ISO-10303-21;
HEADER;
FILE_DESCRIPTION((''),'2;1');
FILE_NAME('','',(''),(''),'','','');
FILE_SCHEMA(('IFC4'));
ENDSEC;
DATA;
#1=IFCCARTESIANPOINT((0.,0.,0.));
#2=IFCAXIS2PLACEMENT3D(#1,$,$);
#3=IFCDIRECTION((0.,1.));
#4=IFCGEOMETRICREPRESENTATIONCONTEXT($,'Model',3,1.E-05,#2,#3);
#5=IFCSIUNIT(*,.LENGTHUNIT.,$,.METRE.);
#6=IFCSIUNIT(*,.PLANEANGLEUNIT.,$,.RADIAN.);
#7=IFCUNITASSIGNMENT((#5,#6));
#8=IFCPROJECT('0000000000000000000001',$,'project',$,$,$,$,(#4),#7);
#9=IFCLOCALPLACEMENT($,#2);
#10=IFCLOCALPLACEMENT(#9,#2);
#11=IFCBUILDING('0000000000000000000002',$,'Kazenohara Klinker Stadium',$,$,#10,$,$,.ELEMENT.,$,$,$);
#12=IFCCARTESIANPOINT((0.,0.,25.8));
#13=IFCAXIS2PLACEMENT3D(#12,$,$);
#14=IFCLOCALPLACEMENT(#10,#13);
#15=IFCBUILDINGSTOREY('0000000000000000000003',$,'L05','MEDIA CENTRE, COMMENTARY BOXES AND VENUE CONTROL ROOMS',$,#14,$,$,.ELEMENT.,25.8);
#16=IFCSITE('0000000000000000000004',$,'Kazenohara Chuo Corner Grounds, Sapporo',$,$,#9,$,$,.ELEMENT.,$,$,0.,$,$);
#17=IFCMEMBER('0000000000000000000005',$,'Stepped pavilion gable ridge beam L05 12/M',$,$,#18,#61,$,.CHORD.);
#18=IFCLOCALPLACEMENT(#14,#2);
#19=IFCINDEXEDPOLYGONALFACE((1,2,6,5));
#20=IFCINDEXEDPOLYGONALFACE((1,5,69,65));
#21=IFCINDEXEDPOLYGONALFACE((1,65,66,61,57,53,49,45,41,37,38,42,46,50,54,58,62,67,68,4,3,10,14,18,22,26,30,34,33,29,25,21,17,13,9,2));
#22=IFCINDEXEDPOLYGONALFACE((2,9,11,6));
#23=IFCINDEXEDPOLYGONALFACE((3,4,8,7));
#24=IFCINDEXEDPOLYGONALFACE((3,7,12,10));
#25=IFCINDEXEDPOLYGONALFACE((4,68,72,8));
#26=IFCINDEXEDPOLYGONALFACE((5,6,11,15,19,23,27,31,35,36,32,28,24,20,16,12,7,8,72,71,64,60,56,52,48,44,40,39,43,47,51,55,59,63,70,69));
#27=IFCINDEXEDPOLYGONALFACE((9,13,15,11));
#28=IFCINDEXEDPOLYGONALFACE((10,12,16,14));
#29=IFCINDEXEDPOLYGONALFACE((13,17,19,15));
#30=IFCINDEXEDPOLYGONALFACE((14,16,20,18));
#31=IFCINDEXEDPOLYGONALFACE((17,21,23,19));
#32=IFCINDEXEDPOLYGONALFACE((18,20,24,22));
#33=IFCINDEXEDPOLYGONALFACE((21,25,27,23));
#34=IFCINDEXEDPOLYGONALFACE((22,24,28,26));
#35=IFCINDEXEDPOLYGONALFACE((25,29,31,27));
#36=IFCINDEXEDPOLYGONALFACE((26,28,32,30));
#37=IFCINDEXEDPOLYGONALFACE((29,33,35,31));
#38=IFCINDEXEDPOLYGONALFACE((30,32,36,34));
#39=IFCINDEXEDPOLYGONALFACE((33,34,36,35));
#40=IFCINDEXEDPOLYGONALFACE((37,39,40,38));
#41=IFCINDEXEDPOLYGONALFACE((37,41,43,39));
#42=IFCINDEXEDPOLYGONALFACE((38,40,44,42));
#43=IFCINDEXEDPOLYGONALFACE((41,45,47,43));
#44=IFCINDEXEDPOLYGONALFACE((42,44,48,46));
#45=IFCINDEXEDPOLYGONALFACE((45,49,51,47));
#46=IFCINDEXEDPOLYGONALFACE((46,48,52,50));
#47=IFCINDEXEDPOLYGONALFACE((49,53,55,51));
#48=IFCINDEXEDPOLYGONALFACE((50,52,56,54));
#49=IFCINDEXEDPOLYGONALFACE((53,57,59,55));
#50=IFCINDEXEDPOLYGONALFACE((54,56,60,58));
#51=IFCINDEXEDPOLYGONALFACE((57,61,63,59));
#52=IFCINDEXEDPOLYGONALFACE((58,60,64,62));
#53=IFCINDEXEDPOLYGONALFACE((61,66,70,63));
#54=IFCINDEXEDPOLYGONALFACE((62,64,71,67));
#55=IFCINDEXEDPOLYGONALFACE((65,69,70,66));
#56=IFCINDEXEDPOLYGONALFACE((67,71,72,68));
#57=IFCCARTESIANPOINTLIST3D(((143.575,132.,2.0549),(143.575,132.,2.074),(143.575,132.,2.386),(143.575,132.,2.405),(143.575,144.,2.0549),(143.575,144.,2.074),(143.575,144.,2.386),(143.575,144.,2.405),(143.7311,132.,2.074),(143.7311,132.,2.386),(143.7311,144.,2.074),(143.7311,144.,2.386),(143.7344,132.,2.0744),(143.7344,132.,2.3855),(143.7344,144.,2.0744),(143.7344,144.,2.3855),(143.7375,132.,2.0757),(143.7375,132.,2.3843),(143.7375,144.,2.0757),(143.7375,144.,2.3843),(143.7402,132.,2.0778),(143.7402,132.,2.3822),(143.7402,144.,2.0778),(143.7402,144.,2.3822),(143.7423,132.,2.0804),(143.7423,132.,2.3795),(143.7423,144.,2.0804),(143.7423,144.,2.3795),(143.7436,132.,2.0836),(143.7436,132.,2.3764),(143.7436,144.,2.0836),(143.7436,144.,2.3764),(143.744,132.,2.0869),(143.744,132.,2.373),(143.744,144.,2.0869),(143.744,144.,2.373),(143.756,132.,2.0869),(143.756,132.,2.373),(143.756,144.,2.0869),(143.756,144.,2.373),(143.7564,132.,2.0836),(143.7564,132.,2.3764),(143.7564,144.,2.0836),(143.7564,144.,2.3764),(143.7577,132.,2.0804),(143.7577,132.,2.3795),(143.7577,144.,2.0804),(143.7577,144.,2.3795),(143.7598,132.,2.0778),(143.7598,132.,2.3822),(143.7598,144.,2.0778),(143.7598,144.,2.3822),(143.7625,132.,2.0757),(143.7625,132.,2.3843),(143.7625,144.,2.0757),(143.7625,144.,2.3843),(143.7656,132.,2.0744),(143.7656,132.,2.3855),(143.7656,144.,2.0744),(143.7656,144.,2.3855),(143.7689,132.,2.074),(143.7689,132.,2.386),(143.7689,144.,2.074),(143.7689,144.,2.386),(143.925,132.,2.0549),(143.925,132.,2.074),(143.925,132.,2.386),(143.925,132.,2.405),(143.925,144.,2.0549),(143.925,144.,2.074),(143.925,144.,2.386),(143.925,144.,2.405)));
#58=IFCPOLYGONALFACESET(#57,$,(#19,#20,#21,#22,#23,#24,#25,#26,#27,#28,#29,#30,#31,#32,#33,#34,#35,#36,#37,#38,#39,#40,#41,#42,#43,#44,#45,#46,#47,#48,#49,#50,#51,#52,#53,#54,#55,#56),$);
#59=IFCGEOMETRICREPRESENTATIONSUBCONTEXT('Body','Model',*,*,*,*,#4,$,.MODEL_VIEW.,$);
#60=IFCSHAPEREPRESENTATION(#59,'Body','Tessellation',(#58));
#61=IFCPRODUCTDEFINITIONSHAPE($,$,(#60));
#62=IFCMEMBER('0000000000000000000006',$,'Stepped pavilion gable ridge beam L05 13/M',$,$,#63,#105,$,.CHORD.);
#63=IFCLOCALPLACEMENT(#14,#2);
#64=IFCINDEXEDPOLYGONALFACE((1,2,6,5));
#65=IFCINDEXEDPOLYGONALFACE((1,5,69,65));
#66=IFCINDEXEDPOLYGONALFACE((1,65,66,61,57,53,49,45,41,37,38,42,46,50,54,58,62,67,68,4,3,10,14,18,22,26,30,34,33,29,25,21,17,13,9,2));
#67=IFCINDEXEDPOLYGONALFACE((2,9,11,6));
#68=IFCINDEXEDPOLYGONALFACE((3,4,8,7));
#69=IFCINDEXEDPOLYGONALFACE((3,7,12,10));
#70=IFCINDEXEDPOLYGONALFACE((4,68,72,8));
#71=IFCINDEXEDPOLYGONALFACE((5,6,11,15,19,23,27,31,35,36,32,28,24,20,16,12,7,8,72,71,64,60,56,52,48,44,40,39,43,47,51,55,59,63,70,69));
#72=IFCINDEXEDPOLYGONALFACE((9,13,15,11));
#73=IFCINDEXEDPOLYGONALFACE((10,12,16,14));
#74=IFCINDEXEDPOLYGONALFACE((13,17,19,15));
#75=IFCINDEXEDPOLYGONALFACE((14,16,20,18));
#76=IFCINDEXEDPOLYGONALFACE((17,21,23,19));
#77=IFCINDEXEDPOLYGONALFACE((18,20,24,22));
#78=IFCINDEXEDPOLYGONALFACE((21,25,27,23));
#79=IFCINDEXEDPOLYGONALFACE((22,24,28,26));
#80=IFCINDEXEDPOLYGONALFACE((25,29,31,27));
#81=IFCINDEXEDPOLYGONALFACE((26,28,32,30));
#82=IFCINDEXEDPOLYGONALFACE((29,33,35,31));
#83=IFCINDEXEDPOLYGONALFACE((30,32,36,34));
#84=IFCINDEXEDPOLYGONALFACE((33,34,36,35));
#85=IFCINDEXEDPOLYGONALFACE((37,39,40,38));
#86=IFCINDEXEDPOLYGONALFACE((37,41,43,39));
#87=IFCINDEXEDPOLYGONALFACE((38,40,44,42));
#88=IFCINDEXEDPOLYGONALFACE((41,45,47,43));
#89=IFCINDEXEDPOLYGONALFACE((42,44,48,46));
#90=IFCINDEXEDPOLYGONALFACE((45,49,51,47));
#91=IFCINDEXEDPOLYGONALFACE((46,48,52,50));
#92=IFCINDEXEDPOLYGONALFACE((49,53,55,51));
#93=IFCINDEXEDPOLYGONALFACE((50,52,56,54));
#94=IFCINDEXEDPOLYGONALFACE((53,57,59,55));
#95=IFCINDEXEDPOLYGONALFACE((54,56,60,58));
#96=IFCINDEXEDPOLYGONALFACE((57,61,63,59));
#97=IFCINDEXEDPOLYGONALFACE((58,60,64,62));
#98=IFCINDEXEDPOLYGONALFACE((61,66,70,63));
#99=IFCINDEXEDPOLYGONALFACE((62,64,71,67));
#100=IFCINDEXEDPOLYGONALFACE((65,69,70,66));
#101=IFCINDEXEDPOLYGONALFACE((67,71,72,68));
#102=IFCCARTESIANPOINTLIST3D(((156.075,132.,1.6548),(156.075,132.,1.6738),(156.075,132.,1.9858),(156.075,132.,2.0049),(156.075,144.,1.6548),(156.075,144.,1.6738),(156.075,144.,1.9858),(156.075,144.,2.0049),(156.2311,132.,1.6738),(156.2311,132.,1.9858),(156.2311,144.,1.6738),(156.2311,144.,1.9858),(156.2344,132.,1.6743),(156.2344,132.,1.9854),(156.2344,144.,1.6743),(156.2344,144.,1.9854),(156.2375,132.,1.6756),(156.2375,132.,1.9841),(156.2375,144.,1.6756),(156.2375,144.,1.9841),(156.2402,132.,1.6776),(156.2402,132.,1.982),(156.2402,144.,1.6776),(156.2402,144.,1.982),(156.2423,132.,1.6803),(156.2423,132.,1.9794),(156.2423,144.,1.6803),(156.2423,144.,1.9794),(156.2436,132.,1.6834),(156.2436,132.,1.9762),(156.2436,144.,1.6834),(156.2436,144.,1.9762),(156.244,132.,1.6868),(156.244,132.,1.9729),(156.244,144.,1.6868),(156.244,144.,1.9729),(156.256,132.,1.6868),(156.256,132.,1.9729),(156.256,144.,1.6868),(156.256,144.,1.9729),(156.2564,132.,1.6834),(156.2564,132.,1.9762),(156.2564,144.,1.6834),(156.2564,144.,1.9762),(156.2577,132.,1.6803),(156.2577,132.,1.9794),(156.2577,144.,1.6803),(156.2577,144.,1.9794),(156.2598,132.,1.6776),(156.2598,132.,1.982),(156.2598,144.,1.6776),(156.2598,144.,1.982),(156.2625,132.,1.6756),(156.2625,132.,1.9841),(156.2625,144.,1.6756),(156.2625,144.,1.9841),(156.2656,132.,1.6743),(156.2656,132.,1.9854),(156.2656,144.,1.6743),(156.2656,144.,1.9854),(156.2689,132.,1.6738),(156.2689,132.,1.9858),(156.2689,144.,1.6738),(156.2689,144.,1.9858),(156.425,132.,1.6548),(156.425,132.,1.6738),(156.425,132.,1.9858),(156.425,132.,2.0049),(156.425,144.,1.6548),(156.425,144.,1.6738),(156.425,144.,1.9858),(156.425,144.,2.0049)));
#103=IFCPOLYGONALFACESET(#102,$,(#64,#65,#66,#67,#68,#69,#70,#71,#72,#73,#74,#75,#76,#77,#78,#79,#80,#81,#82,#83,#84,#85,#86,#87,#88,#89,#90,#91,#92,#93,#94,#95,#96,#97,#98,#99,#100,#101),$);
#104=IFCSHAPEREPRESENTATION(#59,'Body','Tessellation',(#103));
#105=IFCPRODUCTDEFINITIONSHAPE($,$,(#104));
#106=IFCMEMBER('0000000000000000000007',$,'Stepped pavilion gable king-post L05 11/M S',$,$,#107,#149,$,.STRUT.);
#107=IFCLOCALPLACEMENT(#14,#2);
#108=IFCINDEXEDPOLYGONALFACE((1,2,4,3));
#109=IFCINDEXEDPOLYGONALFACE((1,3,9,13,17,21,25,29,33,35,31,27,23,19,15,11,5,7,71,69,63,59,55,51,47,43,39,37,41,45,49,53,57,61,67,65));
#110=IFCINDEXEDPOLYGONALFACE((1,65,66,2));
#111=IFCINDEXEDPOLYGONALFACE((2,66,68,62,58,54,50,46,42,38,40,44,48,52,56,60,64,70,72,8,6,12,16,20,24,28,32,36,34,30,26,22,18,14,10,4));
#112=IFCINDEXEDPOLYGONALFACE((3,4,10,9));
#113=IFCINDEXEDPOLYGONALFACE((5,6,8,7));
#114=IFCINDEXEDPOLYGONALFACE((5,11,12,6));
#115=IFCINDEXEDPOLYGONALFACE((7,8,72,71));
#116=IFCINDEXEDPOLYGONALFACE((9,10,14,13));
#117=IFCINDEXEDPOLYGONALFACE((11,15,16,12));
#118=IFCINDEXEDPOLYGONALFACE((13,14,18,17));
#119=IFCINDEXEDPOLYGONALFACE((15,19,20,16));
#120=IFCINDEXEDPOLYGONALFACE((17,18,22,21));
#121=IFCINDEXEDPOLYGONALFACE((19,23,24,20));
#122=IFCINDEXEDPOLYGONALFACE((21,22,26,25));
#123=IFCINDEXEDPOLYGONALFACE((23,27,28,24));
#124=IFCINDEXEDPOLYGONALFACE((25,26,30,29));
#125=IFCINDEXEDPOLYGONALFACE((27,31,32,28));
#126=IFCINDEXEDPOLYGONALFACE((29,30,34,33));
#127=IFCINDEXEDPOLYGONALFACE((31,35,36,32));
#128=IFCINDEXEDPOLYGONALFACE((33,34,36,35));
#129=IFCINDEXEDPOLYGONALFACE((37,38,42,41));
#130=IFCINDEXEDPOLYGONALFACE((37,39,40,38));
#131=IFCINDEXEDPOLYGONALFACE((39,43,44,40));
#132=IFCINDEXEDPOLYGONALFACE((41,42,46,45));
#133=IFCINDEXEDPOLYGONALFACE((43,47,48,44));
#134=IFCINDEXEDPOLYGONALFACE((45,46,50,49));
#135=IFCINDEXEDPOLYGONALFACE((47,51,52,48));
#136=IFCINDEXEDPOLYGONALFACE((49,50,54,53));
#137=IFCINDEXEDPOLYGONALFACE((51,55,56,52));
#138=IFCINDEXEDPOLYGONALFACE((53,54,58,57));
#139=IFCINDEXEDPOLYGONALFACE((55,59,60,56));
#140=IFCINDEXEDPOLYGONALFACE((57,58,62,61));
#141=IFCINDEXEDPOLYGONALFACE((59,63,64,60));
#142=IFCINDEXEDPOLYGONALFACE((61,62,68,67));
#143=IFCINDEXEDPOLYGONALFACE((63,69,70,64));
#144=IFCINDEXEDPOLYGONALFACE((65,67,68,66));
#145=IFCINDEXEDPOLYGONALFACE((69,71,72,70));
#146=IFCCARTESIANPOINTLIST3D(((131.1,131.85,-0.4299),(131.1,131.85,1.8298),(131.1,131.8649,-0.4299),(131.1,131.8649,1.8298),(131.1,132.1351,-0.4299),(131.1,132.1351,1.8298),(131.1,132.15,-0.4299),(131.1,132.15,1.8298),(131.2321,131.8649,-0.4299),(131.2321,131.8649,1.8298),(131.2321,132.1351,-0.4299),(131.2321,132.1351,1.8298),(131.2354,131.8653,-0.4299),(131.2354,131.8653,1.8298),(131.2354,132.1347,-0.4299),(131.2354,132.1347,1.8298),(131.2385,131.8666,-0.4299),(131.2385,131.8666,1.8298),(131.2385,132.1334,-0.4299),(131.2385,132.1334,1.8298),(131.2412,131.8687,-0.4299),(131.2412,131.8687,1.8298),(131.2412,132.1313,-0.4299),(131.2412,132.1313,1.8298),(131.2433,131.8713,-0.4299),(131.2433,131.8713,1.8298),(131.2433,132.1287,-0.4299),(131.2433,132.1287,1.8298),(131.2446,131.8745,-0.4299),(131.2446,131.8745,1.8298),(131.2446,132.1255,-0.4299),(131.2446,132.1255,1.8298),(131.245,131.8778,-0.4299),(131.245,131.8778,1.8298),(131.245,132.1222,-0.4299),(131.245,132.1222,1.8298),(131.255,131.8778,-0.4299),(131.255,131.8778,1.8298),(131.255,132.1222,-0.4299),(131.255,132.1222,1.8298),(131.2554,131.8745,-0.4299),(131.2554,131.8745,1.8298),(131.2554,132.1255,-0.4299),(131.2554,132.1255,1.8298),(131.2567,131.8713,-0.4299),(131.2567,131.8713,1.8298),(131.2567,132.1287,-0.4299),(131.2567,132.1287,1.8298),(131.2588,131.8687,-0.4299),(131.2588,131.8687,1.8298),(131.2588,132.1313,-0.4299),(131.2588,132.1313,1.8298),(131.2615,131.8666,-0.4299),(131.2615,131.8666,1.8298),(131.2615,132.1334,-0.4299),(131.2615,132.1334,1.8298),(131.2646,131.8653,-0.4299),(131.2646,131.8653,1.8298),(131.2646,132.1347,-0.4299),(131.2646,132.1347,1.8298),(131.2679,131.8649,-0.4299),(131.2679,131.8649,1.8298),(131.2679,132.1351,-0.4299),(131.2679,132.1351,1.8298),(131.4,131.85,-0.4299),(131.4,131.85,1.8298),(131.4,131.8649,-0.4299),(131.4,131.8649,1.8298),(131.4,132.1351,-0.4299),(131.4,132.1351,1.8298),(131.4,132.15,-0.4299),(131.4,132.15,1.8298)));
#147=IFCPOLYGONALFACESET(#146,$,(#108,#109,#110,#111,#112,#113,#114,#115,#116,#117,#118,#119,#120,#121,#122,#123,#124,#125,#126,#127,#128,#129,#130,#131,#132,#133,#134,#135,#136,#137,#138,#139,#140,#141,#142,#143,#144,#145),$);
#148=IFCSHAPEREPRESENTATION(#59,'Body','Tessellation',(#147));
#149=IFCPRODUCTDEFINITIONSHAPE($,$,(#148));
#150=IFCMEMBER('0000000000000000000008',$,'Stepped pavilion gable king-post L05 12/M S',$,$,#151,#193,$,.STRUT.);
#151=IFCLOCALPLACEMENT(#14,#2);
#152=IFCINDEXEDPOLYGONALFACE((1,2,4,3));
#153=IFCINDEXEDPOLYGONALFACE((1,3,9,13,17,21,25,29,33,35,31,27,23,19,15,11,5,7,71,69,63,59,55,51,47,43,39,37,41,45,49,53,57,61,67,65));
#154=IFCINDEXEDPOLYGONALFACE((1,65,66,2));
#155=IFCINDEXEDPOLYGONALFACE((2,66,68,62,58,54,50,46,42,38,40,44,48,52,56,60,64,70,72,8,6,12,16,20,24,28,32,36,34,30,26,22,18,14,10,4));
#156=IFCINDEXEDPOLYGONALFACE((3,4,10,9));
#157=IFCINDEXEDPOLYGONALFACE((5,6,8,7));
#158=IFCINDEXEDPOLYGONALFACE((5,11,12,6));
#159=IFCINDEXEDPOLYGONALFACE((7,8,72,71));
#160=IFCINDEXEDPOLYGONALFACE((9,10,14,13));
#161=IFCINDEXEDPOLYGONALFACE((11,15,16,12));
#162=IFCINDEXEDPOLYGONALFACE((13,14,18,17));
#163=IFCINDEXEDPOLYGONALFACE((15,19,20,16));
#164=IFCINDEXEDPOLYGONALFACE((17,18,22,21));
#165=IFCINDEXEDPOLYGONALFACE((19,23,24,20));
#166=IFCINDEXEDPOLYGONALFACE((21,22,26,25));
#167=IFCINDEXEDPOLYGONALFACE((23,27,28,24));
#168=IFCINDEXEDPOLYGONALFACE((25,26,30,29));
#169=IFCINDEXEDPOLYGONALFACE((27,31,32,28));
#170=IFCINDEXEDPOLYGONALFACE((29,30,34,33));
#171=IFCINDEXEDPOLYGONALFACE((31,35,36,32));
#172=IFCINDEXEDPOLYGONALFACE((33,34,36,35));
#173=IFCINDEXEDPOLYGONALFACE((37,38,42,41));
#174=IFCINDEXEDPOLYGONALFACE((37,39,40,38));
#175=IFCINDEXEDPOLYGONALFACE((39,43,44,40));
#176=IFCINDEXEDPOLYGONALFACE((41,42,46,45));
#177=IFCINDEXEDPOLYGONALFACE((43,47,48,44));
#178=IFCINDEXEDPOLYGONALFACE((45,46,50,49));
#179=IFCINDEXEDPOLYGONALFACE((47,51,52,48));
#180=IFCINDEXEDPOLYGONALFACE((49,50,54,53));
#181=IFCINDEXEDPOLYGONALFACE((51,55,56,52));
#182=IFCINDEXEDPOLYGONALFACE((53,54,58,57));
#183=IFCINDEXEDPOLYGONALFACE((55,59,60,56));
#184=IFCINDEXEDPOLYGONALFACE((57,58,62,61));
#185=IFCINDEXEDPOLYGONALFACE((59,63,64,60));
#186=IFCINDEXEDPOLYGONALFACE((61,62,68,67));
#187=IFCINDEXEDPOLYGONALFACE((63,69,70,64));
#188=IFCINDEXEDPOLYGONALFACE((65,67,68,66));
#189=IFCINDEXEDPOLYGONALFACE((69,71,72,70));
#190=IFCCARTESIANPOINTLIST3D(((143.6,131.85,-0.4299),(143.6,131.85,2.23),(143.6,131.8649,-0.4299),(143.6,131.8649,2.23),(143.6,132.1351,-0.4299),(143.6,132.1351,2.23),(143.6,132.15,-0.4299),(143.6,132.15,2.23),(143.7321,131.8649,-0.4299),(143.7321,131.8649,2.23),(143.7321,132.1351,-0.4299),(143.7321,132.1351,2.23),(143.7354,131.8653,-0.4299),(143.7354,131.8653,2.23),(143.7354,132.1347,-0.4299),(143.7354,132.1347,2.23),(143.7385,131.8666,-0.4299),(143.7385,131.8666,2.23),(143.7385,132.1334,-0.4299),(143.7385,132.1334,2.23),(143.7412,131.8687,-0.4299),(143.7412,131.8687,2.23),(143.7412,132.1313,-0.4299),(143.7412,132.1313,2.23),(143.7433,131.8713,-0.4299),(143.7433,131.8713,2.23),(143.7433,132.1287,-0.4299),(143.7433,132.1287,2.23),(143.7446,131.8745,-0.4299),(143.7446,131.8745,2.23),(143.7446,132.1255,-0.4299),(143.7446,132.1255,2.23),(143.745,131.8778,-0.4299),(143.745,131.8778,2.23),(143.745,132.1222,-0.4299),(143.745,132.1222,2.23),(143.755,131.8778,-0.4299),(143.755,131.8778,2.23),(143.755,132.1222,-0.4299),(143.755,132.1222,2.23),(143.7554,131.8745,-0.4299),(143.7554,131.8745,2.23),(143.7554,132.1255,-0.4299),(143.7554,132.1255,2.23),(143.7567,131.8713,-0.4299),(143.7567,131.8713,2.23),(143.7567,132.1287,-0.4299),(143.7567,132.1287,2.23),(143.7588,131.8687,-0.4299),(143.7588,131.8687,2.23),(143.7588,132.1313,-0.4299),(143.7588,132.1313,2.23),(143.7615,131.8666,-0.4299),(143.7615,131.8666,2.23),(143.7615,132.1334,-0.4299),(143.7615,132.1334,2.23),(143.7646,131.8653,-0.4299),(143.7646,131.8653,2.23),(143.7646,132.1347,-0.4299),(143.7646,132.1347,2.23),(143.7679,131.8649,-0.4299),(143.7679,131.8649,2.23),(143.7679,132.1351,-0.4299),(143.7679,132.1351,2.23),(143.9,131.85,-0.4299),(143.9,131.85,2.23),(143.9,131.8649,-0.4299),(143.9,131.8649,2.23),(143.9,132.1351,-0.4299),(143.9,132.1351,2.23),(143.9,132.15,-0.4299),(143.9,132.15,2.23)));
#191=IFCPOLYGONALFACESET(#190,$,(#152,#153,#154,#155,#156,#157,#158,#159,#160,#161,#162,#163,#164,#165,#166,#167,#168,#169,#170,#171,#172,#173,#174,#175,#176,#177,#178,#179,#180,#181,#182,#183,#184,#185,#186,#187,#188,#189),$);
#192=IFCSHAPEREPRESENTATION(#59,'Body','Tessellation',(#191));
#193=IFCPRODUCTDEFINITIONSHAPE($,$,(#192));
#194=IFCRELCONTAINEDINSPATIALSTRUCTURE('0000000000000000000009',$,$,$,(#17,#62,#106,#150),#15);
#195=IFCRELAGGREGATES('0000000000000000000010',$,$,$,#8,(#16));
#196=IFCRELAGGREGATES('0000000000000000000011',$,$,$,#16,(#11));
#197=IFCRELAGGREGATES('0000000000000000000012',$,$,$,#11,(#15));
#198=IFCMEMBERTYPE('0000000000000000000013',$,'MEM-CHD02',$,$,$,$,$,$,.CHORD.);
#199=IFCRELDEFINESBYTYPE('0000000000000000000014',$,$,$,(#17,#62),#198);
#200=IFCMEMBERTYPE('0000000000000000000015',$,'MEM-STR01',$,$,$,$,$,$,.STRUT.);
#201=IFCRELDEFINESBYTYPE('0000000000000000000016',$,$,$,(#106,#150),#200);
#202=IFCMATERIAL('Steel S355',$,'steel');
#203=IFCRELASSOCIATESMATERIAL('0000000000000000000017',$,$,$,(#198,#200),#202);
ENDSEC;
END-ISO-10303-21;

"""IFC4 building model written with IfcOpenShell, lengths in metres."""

from ifc_helpers import new_model, si_unit, direction, frame, origin, origin_2d, place, context, subcontext, project, spatial, i_section, extrude, material, material_profile, profile_set, type_object, element, save


model = new_model("IFC4")

# Units and contexts
model_context = context("Model", 3, precision=1e-05, world=origin(), true_north=direction((0.0, 1.0)))
body_context = subcontext(model_context, "Body", "Model", "MODEL_VIEW")
ifc_project = project(units=[si_unit("LENGTHUNIT", "METRE"), si_unit("PLANEANGLEUNIT", "RADIAN")], contexts=[model_context])

# Site, building, storey
site_placement = place(None, origin())
site = spatial("IfcSite", under=ifc_project, at=site_placement, Name="Kazenohara Chuo Corner Grounds, Sapporo", CompositionType="ELEMENT", RefElevation=0.0)
building_placement = place(site_placement, origin())
building = spatial("IfcBuilding", under=site, at=building_placement, Name="Kazenohara Klinker Stadium", CompositionType="ELEMENT")
storey_placement = place(building_placement, frame((0.0, 0.0, 25.8)))
storey = spatial("IfcBuildingStorey", under=building, at=storey_placement, Name="L05", Description="MEDIA CENTRE, COMMENTARY BOXES AND VENUE CONTROL ROOMS", CompositionType="ELEMENT", Elevation=25.8)

# Shared definitions
ifc_material_1 = material(Name="Steel S355", Category="steel")

# Members
ifc_material_profile_1 = material_profile(ifc_material_1, i_section(OverallWidth=0.3501, OverallDepth=0.3501, WebThickness=0.012, FlangeThickness=0.019, FilletRadius=0.0129, at=origin_2d()), Name="H-350x350x12x19")
ifc_profile_set_1 = profile_set([ifc_material_profile_1], Name="Steel S355")
member_type_1 = type_object("IfcMemberType", Name="MEM-CHD02", PredefinedType="CHORD", material=ifc_profile_set_1)
for number, where, z_axis, x_axis, name in (
    (1, (143.75, 132.0, 2.23), (0.0, 1.0, 0.0), (-1.0, 0.0, 0.0), "Stepped pavilion gable ridge beam L05 12/M"),
    (2, (156.25, 132.0, 1.8298), (0.0, 1.0, 0.0), (-1.0, 0.0, 0.0), "Stepped pavilion gable ridge beam L05 13/M"),
):
    element("IfcMember", number, at=place(storey_placement, frame(where, z_axis=z_axis, x_axis=x_axis)), inside=storey, type_object=member_type_1, Name=name, PredefinedType="CHORD", context=body_context, shape_type="SweptSolid", body=[
        extrude(i_section(OverallWidth=0.3501, OverallDepth=0.3501, WebThickness=0.012, FlangeThickness=0.019, FilletRadius=0.0129, at=origin_2d()), origin(), (0.0, 0.0, 1.0), 12.0),
    ])
ifc_material_profile_2 = material_profile(ifc_material_1, i_section(OverallWidth=0.3, OverallDepth=0.3, WebThickness=0.01, FlangeThickness=0.0149, FilletRadius=0.0129, at=origin_2d()), Name="H-300x300x10x15")
ifc_profile_set_2 = profile_set([ifc_material_profile_2], Name="Steel S355")
member_type_2 = type_object("IfcMemberType", Name="MEM-STR01", PredefinedType="STRUT", material=ifc_profile_set_2)
member_1_placement = place(storey_placement, frame((131.25, 132.0, -0.4299), z_axis=(0.0, 0.0, 1.0), x_axis=(1.0, 0.0, 0.0)))
element("IfcMember", 3, at=member_1_placement, inside=storey, type_object=member_type_2, Name="Stepped pavilion gable king-post L05 11/M S", PredefinedType="STRUT", context=body_context, shape_type="SweptSolid", body=[
    extrude(i_section(OverallWidth=0.3, OverallDepth=0.3, WebThickness=0.01, FlangeThickness=0.0149, FilletRadius=0.0129, at=origin_2d()), origin(), (0.0, 0.0, 1.0), 2.2598),
])
member_2_placement = place(storey_placement, frame((143.75, 132.0, -0.4299), z_axis=(0.0, 0.0, 1.0), x_axis=(1.0, 0.0, 0.0)))
element("IfcMember", 4, at=member_2_placement, inside=storey, type_object=member_type_2, Name="Stepped pavilion gable king-post L05 12/M S", PredefinedType="STRUT", context=body_context, shape_type="SweptSolid", body=[
    extrude(i_section(OverallWidth=0.3, OverallDepth=0.3, WebThickness=0.01, FlangeThickness=0.0149, FilletRadius=0.0129, at=origin_2d()), origin(), (0.0, 0.0, 1.0), 2.6599),
])

save(model, "model.ifc")
